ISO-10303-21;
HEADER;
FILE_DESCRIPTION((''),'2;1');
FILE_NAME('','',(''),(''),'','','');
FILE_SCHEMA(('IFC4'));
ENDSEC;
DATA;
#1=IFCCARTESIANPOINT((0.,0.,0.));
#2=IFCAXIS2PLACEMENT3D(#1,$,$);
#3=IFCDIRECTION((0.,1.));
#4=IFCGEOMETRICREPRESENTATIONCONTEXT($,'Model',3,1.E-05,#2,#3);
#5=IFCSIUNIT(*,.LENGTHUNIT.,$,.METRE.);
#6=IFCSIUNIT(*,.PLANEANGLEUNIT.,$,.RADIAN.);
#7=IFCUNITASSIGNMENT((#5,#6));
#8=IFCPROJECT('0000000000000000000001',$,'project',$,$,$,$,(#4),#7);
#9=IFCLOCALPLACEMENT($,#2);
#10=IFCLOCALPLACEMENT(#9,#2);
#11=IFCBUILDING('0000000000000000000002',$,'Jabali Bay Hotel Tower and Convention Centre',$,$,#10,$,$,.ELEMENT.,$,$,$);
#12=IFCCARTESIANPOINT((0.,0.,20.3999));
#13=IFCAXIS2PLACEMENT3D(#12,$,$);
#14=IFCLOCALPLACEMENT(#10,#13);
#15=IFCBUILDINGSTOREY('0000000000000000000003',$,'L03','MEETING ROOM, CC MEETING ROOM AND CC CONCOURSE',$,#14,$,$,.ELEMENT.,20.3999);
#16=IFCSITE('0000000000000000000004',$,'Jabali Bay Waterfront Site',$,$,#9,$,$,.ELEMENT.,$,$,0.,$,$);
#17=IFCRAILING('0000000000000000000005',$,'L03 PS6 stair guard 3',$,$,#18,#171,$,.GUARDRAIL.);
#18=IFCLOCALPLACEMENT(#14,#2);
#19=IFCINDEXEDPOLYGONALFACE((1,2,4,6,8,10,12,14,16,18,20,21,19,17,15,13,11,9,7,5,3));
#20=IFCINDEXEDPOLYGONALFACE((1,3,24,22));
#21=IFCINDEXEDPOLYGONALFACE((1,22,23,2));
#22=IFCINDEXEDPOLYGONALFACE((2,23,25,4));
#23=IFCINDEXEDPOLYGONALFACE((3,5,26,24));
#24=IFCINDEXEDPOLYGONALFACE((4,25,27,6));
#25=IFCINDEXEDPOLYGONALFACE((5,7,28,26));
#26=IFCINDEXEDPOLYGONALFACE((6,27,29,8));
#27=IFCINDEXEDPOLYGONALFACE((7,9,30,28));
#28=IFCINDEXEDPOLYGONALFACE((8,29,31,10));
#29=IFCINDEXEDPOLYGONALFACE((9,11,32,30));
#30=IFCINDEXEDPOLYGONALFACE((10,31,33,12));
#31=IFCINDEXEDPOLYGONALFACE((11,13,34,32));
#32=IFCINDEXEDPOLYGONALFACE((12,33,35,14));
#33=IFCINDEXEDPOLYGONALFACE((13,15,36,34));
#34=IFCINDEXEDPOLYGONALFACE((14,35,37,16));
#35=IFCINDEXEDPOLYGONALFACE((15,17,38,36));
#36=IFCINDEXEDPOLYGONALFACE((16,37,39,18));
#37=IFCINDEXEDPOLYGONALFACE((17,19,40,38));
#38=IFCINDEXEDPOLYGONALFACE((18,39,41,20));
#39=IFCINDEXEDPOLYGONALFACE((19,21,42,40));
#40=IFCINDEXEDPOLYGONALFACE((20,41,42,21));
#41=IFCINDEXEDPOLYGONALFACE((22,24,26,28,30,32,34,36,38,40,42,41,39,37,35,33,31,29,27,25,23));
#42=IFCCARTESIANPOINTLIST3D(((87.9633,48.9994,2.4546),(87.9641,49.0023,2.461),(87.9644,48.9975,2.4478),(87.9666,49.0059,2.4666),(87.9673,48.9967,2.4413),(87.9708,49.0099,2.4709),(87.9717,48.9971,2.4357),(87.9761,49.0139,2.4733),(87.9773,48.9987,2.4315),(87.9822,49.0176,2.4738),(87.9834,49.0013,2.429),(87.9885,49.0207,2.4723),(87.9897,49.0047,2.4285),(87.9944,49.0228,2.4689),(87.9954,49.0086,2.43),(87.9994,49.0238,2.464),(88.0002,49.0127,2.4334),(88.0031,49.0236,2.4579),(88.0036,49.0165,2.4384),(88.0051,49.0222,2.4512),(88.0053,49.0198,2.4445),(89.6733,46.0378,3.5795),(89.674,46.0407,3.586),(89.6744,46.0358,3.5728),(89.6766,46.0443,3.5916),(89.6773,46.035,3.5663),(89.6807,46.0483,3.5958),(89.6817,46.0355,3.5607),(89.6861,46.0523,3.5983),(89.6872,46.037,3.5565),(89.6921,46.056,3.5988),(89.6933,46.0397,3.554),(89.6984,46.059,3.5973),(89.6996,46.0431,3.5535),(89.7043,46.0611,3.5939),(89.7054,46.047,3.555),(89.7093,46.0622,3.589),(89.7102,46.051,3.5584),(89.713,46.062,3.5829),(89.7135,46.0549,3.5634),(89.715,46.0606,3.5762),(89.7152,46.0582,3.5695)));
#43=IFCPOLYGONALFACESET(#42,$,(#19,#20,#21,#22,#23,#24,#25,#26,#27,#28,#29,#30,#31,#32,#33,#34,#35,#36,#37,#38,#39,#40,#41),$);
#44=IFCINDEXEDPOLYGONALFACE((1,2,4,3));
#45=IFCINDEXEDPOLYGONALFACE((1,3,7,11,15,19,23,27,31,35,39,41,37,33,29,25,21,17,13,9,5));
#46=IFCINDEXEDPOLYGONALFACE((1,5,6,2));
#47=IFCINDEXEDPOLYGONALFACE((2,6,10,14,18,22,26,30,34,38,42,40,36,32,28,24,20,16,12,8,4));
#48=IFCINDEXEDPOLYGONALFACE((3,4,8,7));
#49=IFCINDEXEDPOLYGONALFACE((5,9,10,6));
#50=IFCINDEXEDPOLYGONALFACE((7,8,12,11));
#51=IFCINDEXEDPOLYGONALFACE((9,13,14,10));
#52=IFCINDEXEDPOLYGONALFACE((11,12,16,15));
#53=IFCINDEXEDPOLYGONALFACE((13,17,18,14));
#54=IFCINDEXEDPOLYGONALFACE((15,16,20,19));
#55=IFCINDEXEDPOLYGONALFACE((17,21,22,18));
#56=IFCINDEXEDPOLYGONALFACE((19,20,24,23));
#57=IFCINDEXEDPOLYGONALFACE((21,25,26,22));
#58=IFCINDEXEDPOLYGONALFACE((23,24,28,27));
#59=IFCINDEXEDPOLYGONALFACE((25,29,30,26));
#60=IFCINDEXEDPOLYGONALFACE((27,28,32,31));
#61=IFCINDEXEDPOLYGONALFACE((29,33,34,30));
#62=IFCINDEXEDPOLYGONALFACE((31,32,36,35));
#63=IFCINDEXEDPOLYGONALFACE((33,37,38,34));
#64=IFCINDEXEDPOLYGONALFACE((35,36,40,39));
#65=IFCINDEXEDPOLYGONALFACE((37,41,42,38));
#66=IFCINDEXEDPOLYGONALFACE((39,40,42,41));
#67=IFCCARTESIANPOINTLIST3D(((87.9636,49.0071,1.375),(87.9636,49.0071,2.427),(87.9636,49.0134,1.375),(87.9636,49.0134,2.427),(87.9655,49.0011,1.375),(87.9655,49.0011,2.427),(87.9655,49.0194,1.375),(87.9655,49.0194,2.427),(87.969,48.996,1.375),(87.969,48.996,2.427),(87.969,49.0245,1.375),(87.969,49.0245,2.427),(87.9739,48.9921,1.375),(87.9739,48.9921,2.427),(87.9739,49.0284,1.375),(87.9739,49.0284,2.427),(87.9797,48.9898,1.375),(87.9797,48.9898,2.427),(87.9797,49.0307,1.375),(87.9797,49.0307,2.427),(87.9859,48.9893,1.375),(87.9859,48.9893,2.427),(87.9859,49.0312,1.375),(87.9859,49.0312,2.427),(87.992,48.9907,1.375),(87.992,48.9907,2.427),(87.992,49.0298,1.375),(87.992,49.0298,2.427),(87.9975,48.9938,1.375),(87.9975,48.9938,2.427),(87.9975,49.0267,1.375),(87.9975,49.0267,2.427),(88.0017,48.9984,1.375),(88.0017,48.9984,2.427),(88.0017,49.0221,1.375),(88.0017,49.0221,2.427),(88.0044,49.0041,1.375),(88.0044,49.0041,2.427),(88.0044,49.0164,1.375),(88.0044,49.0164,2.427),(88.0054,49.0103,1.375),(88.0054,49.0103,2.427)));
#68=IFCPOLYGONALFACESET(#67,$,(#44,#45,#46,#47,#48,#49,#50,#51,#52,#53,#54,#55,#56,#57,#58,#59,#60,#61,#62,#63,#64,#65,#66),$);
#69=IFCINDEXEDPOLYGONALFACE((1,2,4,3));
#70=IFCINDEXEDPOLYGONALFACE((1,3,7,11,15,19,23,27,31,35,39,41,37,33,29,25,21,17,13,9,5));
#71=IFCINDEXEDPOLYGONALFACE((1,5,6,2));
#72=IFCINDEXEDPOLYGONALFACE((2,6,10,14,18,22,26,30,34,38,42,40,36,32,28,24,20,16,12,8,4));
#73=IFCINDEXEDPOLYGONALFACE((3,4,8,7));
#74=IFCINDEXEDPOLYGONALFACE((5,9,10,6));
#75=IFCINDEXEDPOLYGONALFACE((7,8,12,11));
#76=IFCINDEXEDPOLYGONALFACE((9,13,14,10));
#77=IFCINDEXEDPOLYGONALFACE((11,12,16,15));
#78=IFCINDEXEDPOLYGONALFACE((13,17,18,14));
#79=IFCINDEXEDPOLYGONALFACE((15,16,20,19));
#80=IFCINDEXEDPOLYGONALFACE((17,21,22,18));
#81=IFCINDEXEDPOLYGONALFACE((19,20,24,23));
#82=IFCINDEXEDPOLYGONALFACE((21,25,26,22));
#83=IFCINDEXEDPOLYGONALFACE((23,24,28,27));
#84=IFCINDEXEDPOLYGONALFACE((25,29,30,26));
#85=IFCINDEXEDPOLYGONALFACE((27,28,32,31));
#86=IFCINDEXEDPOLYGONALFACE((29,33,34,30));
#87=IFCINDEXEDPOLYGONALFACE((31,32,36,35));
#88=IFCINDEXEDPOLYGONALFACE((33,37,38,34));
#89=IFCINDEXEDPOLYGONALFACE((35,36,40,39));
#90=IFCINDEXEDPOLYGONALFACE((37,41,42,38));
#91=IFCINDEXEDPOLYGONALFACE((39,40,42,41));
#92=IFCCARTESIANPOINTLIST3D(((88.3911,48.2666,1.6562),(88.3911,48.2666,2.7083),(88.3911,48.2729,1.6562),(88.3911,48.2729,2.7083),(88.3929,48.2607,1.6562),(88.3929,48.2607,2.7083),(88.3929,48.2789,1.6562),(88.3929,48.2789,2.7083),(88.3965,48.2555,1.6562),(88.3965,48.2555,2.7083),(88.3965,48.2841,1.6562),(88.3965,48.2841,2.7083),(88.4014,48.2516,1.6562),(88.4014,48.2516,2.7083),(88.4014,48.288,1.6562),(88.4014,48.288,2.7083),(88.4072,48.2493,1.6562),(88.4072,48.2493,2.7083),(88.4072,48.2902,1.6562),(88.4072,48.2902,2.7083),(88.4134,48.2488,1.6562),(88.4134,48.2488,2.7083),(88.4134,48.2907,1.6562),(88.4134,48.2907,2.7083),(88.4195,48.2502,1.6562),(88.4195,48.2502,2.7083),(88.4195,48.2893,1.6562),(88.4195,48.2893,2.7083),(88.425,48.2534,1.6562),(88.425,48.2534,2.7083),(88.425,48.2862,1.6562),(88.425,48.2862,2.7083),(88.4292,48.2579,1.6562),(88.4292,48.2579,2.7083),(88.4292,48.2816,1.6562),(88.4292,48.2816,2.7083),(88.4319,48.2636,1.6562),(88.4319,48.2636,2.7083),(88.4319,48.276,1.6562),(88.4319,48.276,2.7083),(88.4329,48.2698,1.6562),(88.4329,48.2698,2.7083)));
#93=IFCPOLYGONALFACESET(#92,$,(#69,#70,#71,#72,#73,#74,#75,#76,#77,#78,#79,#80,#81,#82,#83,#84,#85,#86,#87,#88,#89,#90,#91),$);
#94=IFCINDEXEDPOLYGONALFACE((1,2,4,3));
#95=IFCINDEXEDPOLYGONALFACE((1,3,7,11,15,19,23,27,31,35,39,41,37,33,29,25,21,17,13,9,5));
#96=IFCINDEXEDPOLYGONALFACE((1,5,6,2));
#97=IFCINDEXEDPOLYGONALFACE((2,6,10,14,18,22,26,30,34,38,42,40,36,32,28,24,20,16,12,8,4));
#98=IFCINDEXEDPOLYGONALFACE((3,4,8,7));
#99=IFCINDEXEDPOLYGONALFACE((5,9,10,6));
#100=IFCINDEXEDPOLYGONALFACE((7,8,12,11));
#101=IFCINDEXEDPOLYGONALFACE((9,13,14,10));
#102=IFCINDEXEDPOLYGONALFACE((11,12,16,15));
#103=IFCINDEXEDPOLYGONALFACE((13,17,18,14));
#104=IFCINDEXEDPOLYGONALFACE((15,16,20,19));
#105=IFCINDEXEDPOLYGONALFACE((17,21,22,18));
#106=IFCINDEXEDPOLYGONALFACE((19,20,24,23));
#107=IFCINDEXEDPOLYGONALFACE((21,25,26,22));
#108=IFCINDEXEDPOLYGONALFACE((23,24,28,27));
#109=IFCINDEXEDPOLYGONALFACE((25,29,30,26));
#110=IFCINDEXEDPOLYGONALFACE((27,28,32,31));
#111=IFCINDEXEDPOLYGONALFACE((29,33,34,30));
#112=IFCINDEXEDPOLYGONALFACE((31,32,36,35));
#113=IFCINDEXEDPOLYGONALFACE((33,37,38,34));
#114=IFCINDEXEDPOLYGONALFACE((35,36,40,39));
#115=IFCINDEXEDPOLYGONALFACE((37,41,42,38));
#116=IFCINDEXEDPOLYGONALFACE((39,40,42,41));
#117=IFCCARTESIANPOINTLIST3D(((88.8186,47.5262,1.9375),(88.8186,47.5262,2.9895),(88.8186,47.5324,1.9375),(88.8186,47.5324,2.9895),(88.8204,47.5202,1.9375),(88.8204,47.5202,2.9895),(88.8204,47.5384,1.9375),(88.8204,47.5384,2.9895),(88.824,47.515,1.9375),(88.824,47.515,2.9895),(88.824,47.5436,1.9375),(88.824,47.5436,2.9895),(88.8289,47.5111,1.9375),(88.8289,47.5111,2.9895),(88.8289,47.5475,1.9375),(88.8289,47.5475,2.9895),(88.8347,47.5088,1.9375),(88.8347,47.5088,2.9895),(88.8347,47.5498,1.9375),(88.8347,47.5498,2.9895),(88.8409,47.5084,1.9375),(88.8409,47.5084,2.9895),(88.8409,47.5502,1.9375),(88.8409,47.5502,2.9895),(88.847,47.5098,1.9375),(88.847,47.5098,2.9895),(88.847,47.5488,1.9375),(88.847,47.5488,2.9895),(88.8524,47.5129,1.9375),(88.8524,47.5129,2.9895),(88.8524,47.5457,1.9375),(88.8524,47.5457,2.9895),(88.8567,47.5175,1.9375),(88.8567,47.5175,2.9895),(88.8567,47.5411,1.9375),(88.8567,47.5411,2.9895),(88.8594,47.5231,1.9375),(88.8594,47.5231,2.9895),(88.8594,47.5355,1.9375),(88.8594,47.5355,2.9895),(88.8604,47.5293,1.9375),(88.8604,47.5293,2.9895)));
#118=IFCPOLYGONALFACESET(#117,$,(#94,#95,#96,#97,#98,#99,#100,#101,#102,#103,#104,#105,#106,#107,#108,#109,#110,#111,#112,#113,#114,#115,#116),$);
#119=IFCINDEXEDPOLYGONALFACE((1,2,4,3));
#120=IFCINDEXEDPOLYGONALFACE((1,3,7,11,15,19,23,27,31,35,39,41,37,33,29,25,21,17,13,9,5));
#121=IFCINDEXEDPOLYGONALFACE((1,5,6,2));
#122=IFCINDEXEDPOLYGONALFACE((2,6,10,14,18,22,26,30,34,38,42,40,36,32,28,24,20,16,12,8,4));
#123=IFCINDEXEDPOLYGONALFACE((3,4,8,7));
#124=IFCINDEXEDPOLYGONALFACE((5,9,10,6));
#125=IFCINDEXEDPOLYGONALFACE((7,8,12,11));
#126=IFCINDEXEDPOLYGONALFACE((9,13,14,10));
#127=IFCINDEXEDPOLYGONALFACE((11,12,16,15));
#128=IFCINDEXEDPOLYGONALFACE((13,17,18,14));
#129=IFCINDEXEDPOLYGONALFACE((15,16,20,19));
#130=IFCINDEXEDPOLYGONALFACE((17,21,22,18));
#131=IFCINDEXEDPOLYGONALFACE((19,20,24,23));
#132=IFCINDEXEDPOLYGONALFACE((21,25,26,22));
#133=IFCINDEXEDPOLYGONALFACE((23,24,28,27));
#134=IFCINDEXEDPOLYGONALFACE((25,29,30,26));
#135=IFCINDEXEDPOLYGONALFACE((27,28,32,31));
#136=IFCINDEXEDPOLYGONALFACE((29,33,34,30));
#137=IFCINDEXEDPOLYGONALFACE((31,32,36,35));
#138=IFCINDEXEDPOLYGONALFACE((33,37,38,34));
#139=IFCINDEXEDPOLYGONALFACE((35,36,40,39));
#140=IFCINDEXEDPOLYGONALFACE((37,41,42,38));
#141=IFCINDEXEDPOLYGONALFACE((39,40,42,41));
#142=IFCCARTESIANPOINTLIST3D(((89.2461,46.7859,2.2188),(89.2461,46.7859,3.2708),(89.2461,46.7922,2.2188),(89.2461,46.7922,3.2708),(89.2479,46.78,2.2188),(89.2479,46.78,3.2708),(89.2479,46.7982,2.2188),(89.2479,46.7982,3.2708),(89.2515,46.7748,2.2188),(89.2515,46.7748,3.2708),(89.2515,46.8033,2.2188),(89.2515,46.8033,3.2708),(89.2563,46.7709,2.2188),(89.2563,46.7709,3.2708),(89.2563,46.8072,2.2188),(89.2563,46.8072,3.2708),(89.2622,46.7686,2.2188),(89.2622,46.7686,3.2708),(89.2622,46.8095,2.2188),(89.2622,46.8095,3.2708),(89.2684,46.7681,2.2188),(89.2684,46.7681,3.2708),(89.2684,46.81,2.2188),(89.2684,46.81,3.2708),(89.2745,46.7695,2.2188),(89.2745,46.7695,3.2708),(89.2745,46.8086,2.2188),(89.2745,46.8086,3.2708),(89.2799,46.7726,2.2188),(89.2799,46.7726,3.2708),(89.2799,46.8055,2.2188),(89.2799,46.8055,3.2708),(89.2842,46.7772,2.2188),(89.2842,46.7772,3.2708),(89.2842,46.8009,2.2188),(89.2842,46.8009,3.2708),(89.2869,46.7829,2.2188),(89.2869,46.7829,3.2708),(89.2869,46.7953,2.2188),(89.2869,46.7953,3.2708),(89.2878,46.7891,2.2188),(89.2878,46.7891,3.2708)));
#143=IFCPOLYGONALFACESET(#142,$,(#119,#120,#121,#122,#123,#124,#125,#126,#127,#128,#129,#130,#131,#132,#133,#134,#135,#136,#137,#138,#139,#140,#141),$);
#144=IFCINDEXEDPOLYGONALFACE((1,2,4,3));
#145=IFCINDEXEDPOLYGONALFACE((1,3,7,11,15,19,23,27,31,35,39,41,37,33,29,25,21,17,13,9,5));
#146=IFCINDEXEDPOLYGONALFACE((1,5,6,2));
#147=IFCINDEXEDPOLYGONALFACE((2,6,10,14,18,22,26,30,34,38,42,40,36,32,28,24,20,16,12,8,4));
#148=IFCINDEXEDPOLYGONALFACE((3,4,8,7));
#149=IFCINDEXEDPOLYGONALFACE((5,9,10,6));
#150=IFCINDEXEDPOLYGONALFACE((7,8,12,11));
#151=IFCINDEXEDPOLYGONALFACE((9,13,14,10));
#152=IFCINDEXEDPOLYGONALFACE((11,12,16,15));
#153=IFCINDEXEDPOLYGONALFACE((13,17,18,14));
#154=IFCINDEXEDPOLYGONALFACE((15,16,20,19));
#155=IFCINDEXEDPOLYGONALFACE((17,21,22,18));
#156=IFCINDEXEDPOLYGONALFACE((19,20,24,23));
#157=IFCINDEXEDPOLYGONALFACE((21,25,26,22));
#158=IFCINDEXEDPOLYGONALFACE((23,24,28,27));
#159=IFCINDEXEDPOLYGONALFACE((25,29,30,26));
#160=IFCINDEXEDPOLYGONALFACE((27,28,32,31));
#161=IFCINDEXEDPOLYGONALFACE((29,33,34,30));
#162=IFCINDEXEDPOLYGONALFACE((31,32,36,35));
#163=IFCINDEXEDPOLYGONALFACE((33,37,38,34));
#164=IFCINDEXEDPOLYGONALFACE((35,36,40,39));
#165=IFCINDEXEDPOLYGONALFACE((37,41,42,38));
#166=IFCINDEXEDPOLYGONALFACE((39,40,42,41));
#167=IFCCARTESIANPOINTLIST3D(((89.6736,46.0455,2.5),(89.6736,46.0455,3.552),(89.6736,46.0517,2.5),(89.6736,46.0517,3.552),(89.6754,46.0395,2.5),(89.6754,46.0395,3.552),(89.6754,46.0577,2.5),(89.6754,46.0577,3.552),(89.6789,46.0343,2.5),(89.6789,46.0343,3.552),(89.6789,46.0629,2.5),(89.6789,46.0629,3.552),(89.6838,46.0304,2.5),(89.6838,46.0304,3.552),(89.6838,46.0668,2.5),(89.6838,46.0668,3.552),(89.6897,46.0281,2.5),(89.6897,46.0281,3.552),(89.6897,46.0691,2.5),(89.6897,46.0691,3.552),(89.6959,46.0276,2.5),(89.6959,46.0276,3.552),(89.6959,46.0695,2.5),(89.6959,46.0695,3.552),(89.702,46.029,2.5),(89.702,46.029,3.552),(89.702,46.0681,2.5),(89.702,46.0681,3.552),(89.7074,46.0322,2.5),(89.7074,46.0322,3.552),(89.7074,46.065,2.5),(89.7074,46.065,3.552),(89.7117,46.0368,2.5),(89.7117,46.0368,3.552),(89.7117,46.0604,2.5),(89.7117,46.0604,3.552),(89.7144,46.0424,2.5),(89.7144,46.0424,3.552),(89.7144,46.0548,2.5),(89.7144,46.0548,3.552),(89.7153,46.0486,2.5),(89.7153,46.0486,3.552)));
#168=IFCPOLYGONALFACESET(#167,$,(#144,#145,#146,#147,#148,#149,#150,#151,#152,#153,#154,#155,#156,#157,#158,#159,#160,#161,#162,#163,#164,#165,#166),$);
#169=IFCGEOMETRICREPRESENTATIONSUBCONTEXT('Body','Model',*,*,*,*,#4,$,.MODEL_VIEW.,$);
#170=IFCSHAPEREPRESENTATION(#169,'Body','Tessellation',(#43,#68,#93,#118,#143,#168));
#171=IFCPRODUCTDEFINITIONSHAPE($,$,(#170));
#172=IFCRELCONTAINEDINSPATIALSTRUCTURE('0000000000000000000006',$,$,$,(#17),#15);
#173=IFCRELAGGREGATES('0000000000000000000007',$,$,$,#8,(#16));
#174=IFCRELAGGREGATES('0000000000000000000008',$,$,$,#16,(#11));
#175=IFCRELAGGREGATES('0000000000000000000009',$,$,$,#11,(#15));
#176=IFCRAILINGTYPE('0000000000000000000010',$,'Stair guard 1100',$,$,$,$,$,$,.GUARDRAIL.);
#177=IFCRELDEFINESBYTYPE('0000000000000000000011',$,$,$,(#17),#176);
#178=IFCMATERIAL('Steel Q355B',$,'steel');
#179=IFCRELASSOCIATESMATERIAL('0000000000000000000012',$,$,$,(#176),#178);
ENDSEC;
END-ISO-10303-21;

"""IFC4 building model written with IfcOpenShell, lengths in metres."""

from ifc_helpers import new_model, si_unit, direction, frame, origin, origin_2d, place, context, subcontext, project, spatial, circle, extrude, material, type_object, element, save


model = new_model("IFC4")

# Units and contexts
model_context = context("Model", 3, precision=1e-05, world=origin(), true_north=direction((0.0, 1.0)))
body_context = subcontext(model_context, "Body", "Model", "MODEL_VIEW")
ifc_project = project(units=[si_unit("LENGTHUNIT", "METRE"), si_unit("PLANEANGLEUNIT", "RADIAN")], contexts=[model_context])

# Site, building, storey
site_placement = place(None, origin())
site = spatial("IfcSite", under=ifc_project, at=site_placement, Name="Jabali Bay Waterfront Site", CompositionType="ELEMENT", RefElevation=0.0)
building_placement = place(site_placement, origin())
building = spatial("IfcBuilding", under=site, at=building_placement, Name="Jabali Bay Hotel Tower and Convention Centre", CompositionType="ELEMENT")
storey_placement = place(building_placement, frame((0.0, 0.0, 20.3999)))
storey = spatial("IfcBuildingStorey", under=building, at=storey_placement, Name="L03", Description="MEETING ROOM, CC MEETING ROOM AND CC CONCOURSE", CompositionType="ELEMENT", Elevation=20.3999)

# Railing
ifc_material_1 = material(Name="Steel Q355B", Category="steel")
railing_type_1 = type_object("IfcRailingType", Name="Stair guard 1100", PredefinedType="GUARDRAIL", material=ifc_material_1)
railing_1_placement = place(storey_placement, frame((87.9844, 49.0103, 1.375)))
element("IfcRailing", 1, at=railing_1_placement, inside=storey, type_object=railing_type_1, Name="L03 PS6 stair guard 3", PredefinedType="GUARDRAIL", context=body_context, shape_type="SweptSolid", body=[
    extrude(circle(Radius=0.0239, at=origin_2d()), frame((0.0, 0.0, 1.0762), z_axis=(0.474969, -0.822652, 0.312487), x_axis=(0.86602, 0.500009, 0.0)), (0.0, 0.0, 1.0), 3.6001),
    extrude(circle(Radius=0.021, at=origin_2d()), origin(), (0.0, 0.0, 1.0), 1.052),
    extrude(circle(Radius=0.021, at=origin_2d()), frame((0.4275, -0.7405, 0.2812)), (0.0, 0.0, 1.0), 1.052),
    extrude(circle(Radius=0.021, at=origin_2d()), frame((0.855, -1.481, 0.5625)), (0.0, 0.0, 1.0), 1.052),
    extrude(circle(Radius=0.021, at=origin_2d()), frame((1.2825, -2.2212, 0.8438)), (0.0, 0.0, 1.0), 1.052),
    extrude(circle(Radius=0.021, at=origin_2d()), frame((1.71, -2.9617, 1.125)), (0.0, 0.0, 1.0), 1.052),
])

save(model, "model.ifc")
